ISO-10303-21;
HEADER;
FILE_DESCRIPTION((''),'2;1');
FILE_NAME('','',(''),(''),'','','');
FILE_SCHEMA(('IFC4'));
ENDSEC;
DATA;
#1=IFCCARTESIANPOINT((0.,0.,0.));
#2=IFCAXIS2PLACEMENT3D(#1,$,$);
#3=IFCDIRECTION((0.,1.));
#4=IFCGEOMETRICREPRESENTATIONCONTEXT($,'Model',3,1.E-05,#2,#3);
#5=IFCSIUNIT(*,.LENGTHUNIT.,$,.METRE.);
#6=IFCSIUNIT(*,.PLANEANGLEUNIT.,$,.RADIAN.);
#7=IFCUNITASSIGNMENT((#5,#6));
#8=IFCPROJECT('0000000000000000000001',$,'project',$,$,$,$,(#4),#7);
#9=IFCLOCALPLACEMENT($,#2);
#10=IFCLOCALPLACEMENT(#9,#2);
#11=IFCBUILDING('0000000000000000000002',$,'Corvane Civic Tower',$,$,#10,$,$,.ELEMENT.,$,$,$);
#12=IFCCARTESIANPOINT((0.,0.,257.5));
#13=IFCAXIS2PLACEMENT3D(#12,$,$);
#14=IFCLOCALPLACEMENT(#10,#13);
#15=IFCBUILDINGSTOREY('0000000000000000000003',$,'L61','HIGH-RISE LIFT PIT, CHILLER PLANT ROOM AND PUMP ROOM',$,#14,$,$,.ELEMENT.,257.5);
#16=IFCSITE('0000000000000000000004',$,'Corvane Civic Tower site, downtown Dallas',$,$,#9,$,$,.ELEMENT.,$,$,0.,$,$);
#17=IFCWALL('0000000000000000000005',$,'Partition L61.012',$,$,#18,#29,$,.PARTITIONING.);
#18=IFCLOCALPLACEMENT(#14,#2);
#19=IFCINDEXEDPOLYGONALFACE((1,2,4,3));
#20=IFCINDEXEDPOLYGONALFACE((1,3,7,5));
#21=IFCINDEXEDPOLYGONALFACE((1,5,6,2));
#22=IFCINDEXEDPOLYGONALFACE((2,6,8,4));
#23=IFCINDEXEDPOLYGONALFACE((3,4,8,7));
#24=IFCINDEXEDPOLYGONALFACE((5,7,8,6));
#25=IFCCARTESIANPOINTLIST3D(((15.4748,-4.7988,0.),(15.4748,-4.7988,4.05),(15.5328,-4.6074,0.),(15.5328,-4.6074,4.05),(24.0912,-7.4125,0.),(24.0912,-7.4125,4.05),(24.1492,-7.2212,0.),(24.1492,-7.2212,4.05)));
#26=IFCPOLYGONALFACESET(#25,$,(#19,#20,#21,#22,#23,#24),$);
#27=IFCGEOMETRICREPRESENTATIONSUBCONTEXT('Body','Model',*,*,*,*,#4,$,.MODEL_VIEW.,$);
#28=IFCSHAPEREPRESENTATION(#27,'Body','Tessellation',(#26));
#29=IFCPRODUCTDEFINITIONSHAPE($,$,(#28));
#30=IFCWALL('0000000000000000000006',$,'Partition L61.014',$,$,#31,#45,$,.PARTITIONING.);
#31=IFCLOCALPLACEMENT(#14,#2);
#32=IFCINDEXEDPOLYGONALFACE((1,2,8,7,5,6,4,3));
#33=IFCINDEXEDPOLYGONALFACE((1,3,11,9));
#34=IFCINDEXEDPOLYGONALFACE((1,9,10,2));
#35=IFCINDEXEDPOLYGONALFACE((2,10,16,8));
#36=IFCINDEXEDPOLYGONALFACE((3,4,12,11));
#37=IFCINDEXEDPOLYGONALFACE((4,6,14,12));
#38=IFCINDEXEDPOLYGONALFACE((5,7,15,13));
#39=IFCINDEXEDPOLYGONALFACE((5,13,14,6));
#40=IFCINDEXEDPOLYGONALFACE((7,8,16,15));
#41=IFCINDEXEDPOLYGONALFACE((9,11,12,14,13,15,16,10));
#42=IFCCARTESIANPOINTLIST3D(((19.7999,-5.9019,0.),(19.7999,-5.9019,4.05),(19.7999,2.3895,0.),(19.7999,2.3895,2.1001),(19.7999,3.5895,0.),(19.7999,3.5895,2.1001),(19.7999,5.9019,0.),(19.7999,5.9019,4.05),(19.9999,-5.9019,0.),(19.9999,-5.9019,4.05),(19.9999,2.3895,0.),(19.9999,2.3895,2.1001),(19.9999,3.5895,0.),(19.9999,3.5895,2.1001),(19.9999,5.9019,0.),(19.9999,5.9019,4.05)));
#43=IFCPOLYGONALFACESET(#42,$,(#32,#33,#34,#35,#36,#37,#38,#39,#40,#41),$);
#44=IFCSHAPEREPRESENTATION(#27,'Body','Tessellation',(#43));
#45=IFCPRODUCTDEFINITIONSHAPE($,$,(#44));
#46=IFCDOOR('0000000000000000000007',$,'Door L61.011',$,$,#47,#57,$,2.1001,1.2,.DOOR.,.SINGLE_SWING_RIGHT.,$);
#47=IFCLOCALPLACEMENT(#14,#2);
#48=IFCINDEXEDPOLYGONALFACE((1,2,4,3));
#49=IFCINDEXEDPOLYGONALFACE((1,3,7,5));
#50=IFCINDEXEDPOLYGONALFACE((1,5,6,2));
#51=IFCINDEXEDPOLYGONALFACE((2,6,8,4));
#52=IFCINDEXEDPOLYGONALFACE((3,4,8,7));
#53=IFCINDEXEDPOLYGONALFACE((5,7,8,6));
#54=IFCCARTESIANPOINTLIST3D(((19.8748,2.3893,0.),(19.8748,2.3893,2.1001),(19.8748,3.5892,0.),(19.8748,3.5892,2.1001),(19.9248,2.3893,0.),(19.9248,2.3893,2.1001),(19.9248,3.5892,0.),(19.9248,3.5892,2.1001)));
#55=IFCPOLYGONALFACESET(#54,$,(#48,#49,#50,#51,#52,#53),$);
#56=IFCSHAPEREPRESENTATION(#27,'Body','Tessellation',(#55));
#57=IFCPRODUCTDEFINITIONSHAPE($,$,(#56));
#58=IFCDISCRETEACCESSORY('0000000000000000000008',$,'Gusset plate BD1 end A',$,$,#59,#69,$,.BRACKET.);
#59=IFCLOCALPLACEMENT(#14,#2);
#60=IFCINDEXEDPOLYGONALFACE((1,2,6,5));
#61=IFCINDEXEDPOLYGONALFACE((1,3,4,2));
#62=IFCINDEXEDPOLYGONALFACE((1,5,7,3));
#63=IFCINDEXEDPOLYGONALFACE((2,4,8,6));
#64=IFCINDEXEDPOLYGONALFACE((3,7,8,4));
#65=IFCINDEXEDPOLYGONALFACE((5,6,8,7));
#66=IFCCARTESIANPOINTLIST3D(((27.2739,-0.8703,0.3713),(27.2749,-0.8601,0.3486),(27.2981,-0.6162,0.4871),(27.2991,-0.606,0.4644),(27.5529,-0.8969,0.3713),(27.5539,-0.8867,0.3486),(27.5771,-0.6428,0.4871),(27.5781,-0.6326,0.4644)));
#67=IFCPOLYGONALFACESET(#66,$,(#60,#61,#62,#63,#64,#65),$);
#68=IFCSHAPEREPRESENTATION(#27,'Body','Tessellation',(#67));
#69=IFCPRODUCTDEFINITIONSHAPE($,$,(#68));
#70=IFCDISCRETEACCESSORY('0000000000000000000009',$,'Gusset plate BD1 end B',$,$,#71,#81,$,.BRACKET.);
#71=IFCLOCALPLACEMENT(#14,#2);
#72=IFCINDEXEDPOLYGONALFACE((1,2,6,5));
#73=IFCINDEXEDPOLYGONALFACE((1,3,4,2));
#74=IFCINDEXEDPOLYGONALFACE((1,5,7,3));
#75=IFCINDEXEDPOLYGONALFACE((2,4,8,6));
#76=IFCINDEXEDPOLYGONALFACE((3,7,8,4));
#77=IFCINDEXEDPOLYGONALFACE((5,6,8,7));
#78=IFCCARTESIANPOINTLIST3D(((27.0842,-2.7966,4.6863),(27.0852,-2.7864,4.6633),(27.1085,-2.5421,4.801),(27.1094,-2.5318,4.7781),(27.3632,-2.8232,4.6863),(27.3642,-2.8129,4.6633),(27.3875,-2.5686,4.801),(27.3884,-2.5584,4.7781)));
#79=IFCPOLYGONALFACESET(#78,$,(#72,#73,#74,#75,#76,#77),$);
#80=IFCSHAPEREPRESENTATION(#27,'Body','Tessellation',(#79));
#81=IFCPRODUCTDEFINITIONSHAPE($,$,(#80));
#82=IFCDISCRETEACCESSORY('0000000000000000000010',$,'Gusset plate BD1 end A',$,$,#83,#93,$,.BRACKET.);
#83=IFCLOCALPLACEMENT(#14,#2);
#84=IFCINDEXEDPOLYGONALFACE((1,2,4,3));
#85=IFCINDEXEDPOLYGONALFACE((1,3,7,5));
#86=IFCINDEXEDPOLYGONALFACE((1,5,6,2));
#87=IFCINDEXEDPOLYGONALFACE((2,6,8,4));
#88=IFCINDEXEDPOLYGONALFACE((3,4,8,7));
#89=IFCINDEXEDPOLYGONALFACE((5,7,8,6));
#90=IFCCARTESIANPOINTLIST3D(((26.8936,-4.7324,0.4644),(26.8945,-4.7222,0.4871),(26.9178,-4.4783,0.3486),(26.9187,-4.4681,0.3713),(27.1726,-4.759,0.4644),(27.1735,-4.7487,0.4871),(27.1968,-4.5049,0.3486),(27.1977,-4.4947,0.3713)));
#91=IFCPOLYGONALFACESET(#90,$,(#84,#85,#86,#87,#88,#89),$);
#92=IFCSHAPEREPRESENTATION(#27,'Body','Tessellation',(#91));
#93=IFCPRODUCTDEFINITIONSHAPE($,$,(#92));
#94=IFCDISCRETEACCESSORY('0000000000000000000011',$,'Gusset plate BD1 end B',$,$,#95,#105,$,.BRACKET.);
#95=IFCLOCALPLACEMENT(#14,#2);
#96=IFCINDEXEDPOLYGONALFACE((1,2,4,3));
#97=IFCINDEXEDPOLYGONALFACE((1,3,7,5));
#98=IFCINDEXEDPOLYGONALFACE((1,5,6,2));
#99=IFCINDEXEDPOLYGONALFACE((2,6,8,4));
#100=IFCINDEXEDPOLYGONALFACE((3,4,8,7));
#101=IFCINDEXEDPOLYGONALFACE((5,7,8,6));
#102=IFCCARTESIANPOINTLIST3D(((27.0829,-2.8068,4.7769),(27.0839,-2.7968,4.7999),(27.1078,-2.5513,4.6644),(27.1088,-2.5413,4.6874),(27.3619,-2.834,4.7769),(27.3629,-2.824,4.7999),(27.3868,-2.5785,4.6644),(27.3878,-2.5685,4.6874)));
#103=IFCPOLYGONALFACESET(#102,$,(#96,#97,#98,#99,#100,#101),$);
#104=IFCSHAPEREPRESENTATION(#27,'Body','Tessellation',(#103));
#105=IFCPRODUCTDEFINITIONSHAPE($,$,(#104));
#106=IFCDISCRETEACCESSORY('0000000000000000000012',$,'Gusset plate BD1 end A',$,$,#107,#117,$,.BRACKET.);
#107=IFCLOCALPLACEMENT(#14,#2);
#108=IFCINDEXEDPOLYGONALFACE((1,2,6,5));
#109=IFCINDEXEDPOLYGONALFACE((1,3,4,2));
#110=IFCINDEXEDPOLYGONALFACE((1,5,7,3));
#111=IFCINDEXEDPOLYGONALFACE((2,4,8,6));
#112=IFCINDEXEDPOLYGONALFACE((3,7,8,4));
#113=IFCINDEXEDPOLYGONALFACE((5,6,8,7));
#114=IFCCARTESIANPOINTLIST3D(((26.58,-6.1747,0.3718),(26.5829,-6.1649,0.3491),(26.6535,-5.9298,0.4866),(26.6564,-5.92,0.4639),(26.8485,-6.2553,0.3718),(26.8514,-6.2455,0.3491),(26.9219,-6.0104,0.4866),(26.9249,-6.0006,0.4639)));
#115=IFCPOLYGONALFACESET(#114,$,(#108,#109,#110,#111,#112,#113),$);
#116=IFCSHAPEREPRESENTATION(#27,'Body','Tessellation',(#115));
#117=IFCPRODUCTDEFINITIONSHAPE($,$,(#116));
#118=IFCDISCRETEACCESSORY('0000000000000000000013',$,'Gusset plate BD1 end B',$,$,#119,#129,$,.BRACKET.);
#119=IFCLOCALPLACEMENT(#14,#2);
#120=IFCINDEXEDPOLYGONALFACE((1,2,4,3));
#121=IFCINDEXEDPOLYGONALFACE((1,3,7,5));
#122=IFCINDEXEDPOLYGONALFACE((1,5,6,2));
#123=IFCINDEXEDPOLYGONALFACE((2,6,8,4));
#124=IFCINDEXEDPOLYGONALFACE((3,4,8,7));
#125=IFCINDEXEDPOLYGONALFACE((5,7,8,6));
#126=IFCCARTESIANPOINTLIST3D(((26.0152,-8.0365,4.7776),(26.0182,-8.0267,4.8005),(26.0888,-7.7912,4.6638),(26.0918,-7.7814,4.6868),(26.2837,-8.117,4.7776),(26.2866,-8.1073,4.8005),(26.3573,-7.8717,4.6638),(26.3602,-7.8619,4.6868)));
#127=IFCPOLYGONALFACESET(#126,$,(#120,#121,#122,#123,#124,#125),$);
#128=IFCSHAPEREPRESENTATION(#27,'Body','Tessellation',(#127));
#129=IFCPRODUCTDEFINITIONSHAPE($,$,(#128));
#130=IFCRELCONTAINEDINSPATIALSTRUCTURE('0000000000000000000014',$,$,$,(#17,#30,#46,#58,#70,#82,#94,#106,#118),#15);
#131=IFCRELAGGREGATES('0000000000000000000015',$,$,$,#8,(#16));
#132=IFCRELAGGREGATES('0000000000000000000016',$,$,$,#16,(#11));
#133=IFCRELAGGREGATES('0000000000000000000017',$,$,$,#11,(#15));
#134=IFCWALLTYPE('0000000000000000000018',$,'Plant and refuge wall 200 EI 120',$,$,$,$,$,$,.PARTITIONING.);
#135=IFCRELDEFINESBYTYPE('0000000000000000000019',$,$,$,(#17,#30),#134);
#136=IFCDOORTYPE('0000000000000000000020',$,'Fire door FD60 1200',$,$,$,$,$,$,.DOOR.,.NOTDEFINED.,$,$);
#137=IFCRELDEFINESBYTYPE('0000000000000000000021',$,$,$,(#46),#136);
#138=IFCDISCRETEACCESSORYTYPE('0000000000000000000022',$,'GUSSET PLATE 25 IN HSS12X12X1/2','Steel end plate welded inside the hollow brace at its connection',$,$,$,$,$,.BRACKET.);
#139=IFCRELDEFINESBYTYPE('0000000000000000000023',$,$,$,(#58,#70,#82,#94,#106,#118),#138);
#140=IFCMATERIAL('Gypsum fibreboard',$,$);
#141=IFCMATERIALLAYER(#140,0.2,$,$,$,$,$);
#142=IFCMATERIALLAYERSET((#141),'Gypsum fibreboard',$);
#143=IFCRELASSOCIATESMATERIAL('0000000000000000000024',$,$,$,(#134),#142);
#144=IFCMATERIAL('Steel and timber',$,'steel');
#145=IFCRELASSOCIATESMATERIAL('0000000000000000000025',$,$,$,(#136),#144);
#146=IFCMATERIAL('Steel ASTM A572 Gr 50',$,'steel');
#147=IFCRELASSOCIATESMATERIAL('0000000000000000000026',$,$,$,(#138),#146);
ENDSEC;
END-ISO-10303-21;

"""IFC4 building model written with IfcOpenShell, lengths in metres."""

from ifc_helpers import new_model, si_unit, direction, frame, frame_2d, origin, origin_2d, place, context, subcontext, project, spatial, rectangle, extrude, material, layer, layer_set, material_profile, profile_set, type_object, element, fill, save


model = new_model("IFC4")

# Units and contexts
model_context = context("Model", 3, precision=1e-05, world=origin(), true_north=direction((0.0, 1.0)))
body_context = subcontext(model_context, "Body", "Model", "MODEL_VIEW")
ifc_project = project(units=[si_unit("LENGTHUNIT", "METRE"), si_unit("PLANEANGLEUNIT", "RADIAN")], contexts=[model_context])

# Site, building, storey
site_placement = place(None, origin())
site = spatial("IfcSite", under=ifc_project, at=site_placement, Name="Corvane Civic Tower site, downtown Dallas", CompositionType="ELEMENT", RefElevation=0.0)
building_placement = place(site_placement, origin())
building = spatial("IfcBuilding", under=site, at=building_placement, Name="Corvane Civic Tower", CompositionType="ELEMENT")
storey_placement = place(building_placement, frame((0.0, 0.0, 257.5)))
storey = spatial("IfcBuildingStorey", under=building, at=storey_placement, Name="L61", Description="HIGH-RISE LIFT PIT, CHILLER PLANT ROOM AND PUMP ROOM", CompositionType="ELEMENT", Elevation=257.5)

# Wall
ifc_material_1 = material(Name="Gypsum fibreboard")
ifc_layer_1 = layer(ifc_material_1, 0.2)
ifc_layer_set_1 = layer_set([ifc_layer_1], Name="Gypsum fibreboard")
wall_type_1 = type_object("IfcWallType", Name="Plant and refuge wall 200 EI 120", PredefinedType="PARTITIONING", material=ifc_layer_set_1)
wall_1_placement = place(storey_placement, frame((15.5039, -4.7031, 0.0), z_axis=(0.0, 0.0, 1.0), x_axis=(0.95694, -0.290284, 0.0)))
element("IfcWall", 1, at=wall_1_placement, inside=storey, type_object=wall_type_1, Name="Partition L61.012", PredefinedType="PARTITIONING", context=body_context, shape_type="SweptSolid", body=[
    extrude(rectangle(XDim=9.0042, YDim=0.2, at=frame_2d((4.502, 0.0))), origin(), (0.0, 0.0, 1.0), 4.05),
])

# Wall, opening, door
wall_2_placement = place(storey_placement, frame((19.8999, -5.9019, 0.0), z_axis=(0.0, 0.0, 1.0), x_axis=(0.0, 1.0, 0.0)))
wall_2 = element("IfcWall", 2, at=wall_2_placement, inside=storey, type_object=wall_type_1, Name="Partition L61.014", PredefinedType="PARTITIONING", context=body_context, shape_type="SweptSolid", body=[
    extrude(rectangle(XDim=11.8037, YDim=0.2, at=frame_2d((5.9019, 0.0))), origin(), (0.0, 0.0, 1.0), 4.05),
])
opening_placement = place(wall_2_placement, frame((8.2913, 0.0, 0.0)))
opening = element("IfcOpeningElement", 3, at=opening_placement, cuts=wall_2, PredefinedType="OPENING", context=body_context, shape_type="SweptSolid", body=[
    extrude(rectangle(XDim=1.2, YDim=2.1001, at=frame_2d((0.6001, 1.05))), frame((0.0, 0.1099, 0.0), z_axis=(0.0, -1.0, 0.0), x_axis=(1.0, 0.0, 0.0)), (0.0, 0.0, 1.0), 0.22),
])
ifc_material_2 = material(Name="Steel and timber", Category="steel")
door_type = type_object("IfcDoorType", Name="Fire door FD60 1200", OperationType="NOTDEFINED", PredefinedType="DOOR", material=ifc_material_2)
door_placement = place(opening_placement, frame((1.2, 0.0, 0.0), z_axis=(0.0, 0.0, 1.0), x_axis=(-1.0, 0.0, 0.0)))
door = element("IfcDoor", 4, at=door_placement, inside=storey, type_object=door_type, Name="Door L61.011", OperationType="SINGLE_SWING_RIGHT", OverallHeight=2.1001, OverallWidth=1.2, PredefinedType="DOOR", context=body_context, shape_type="SweptSolid", body=[
    extrude(rectangle(XDim=1.2, YDim=2.1001, at=frame_2d((0.6001, 1.05))), frame((0.0, 0.0249, 0.0), z_axis=(0.0, -1.0, 0.0), x_axis=(1.0, 0.0, 0.0)), (0.0, 0.0, 1.0), 0.05),
])
fill(opening, door)

# Discrete accessories
ifc_material_3 = material(Name="Steel ASTM A572 Gr 50", Category="steel")
ifc_material_profile_1 = material_profile(ifc_material_3, rectangle(XDim=0.2803, YDim=0.2803, at=origin_2d()), Name="GUSSET PLATE 25 IN HSS12X12X1/2")
ifc_profile_set_1 = profile_set([ifc_material_profile_1], Name="Steel ASTM A572 Gr 50")
discrete_accessory_type = type_object("IfcDiscreteAccessoryType", Name="GUSSET PLATE 25 IN HSS12X12X1/2", Description="Steel end plate welded inside the hollow brace at its connection", PredefinedType="BRACKET", material=ifc_profile_set_1)
discrete_accessory_1_placement = place(storey_placement, frame((27.4265, -0.7463, 0.4065), z_axis=(-0.039169, -0.411271, 0.910671), x_axis=(0.995495, -0.094809, 0.0)))
element("IfcDiscreteAccessory", 5, at=discrete_accessory_1_placement, inside=storey, type_object=discrete_accessory_type, Name="Gusset plate BD1 end A", PredefinedType="BRACKET", context=body_context, shape_type="SweptSolid", body=[
    extrude(rectangle(XDim=0.2803, YDim=0.2803, at=origin_2d()), origin(), (0.0, 0.0, 1.0), 0.0249),
])
discrete_accessory_2_placement = place(storey_placement, frame((27.2358, -2.6826, 4.7437), z_axis=(0.038822, 0.407633, -0.91232), x_axis=(-0.995495, 0.094809, 0.0)))
element("IfcDiscreteAccessory", 6, at=discrete_accessory_2_placement, inside=storey, type_object=discrete_accessory_type, Name="Gusset plate BD1 end B", PredefinedType="BRACKET", context=body_context, shape_type="SweptSolid", body=[
    extrude(rectangle(XDim=0.2803, YDim=0.2803, at=origin_2d()), origin(), (0.0, 0.0, 1.0), 0.0251),
])
discrete_accessory_3_placement = place(storey_placement, frame((27.0452, -4.6187, 0.4065), z_axis=(0.039169, 0.411271, 0.910671), x_axis=(-0.995495, 0.094809, 0.0)))
element("IfcDiscreteAccessory", 7, at=discrete_accessory_3_placement, inside=storey, type_object=discrete_accessory_type, Name="Gusset plate BD1 end A", PredefinedType="BRACKET", context=body_context, shape_type="SweptSolid", body=[
    extrude(rectangle(XDim=0.2803, YDim=0.2803, at=origin_2d()), origin(), (0.0, 0.0, 1.0), 0.0249),
])
discrete_accessory_4_placement = place(storey_placement, frame((27.2358, -2.6826, 4.7437), z_axis=(-0.038975, -0.399492, -0.915908), x_axis=(0.995275, -0.0971, 0.0)))
element("IfcDiscreteAccessory", 8, at=discrete_accessory_4_placement, inside=storey, type_object=discrete_accessory_type, Name="Gusset plate BD1 end B", PredefinedType="BRACKET", context=body_context, shape_type="SweptSolid", body=[
    extrude(rectangle(XDim=0.2803, YDim=0.2803, at=origin_2d()), origin(), (0.0, 0.0, 1.0), 0.0251),
])
discrete_accessory_5_placement = place(storey_placement, frame((26.7539, -6.0828, 0.4065), z_axis=(-0.117709, -0.392364, 0.912247), x_axis=(0.957826, -0.287348, 0.0)))
element("IfcDiscreteAccessory", 9, at=discrete_accessory_5_placement, inside=storey, type_object=discrete_accessory_type, Name="Gusset plate BD1 end A", PredefinedType="BRACKET", context=body_context, shape_type="SweptSolid", body=[
    extrude(rectangle(XDim=0.2803, YDim=0.2803, at=origin_2d()), origin(), (0.0, 0.0, 1.0), 0.0249),
])
discrete_accessory_6_placement = place(storey_placement, frame((26.1892, -7.9443, 4.7437), z_axis=(-0.116664, -0.388881, -0.913871), x_axis=(0.957826, -0.287348, 0.0)))
element("IfcDiscreteAccessory", 10, at=discrete_accessory_6_placement, inside=storey, type_object=discrete_accessory_type, Name="Gusset plate BD1 end B", PredefinedType="BRACKET", context=body_context, shape_type="SweptSolid", body=[
    extrude(rectangle(XDim=0.2803, YDim=0.2803, at=origin_2d()), origin(), (0.0, 0.0, 1.0), 0.0251),
])

save(model, "model.ifc")
